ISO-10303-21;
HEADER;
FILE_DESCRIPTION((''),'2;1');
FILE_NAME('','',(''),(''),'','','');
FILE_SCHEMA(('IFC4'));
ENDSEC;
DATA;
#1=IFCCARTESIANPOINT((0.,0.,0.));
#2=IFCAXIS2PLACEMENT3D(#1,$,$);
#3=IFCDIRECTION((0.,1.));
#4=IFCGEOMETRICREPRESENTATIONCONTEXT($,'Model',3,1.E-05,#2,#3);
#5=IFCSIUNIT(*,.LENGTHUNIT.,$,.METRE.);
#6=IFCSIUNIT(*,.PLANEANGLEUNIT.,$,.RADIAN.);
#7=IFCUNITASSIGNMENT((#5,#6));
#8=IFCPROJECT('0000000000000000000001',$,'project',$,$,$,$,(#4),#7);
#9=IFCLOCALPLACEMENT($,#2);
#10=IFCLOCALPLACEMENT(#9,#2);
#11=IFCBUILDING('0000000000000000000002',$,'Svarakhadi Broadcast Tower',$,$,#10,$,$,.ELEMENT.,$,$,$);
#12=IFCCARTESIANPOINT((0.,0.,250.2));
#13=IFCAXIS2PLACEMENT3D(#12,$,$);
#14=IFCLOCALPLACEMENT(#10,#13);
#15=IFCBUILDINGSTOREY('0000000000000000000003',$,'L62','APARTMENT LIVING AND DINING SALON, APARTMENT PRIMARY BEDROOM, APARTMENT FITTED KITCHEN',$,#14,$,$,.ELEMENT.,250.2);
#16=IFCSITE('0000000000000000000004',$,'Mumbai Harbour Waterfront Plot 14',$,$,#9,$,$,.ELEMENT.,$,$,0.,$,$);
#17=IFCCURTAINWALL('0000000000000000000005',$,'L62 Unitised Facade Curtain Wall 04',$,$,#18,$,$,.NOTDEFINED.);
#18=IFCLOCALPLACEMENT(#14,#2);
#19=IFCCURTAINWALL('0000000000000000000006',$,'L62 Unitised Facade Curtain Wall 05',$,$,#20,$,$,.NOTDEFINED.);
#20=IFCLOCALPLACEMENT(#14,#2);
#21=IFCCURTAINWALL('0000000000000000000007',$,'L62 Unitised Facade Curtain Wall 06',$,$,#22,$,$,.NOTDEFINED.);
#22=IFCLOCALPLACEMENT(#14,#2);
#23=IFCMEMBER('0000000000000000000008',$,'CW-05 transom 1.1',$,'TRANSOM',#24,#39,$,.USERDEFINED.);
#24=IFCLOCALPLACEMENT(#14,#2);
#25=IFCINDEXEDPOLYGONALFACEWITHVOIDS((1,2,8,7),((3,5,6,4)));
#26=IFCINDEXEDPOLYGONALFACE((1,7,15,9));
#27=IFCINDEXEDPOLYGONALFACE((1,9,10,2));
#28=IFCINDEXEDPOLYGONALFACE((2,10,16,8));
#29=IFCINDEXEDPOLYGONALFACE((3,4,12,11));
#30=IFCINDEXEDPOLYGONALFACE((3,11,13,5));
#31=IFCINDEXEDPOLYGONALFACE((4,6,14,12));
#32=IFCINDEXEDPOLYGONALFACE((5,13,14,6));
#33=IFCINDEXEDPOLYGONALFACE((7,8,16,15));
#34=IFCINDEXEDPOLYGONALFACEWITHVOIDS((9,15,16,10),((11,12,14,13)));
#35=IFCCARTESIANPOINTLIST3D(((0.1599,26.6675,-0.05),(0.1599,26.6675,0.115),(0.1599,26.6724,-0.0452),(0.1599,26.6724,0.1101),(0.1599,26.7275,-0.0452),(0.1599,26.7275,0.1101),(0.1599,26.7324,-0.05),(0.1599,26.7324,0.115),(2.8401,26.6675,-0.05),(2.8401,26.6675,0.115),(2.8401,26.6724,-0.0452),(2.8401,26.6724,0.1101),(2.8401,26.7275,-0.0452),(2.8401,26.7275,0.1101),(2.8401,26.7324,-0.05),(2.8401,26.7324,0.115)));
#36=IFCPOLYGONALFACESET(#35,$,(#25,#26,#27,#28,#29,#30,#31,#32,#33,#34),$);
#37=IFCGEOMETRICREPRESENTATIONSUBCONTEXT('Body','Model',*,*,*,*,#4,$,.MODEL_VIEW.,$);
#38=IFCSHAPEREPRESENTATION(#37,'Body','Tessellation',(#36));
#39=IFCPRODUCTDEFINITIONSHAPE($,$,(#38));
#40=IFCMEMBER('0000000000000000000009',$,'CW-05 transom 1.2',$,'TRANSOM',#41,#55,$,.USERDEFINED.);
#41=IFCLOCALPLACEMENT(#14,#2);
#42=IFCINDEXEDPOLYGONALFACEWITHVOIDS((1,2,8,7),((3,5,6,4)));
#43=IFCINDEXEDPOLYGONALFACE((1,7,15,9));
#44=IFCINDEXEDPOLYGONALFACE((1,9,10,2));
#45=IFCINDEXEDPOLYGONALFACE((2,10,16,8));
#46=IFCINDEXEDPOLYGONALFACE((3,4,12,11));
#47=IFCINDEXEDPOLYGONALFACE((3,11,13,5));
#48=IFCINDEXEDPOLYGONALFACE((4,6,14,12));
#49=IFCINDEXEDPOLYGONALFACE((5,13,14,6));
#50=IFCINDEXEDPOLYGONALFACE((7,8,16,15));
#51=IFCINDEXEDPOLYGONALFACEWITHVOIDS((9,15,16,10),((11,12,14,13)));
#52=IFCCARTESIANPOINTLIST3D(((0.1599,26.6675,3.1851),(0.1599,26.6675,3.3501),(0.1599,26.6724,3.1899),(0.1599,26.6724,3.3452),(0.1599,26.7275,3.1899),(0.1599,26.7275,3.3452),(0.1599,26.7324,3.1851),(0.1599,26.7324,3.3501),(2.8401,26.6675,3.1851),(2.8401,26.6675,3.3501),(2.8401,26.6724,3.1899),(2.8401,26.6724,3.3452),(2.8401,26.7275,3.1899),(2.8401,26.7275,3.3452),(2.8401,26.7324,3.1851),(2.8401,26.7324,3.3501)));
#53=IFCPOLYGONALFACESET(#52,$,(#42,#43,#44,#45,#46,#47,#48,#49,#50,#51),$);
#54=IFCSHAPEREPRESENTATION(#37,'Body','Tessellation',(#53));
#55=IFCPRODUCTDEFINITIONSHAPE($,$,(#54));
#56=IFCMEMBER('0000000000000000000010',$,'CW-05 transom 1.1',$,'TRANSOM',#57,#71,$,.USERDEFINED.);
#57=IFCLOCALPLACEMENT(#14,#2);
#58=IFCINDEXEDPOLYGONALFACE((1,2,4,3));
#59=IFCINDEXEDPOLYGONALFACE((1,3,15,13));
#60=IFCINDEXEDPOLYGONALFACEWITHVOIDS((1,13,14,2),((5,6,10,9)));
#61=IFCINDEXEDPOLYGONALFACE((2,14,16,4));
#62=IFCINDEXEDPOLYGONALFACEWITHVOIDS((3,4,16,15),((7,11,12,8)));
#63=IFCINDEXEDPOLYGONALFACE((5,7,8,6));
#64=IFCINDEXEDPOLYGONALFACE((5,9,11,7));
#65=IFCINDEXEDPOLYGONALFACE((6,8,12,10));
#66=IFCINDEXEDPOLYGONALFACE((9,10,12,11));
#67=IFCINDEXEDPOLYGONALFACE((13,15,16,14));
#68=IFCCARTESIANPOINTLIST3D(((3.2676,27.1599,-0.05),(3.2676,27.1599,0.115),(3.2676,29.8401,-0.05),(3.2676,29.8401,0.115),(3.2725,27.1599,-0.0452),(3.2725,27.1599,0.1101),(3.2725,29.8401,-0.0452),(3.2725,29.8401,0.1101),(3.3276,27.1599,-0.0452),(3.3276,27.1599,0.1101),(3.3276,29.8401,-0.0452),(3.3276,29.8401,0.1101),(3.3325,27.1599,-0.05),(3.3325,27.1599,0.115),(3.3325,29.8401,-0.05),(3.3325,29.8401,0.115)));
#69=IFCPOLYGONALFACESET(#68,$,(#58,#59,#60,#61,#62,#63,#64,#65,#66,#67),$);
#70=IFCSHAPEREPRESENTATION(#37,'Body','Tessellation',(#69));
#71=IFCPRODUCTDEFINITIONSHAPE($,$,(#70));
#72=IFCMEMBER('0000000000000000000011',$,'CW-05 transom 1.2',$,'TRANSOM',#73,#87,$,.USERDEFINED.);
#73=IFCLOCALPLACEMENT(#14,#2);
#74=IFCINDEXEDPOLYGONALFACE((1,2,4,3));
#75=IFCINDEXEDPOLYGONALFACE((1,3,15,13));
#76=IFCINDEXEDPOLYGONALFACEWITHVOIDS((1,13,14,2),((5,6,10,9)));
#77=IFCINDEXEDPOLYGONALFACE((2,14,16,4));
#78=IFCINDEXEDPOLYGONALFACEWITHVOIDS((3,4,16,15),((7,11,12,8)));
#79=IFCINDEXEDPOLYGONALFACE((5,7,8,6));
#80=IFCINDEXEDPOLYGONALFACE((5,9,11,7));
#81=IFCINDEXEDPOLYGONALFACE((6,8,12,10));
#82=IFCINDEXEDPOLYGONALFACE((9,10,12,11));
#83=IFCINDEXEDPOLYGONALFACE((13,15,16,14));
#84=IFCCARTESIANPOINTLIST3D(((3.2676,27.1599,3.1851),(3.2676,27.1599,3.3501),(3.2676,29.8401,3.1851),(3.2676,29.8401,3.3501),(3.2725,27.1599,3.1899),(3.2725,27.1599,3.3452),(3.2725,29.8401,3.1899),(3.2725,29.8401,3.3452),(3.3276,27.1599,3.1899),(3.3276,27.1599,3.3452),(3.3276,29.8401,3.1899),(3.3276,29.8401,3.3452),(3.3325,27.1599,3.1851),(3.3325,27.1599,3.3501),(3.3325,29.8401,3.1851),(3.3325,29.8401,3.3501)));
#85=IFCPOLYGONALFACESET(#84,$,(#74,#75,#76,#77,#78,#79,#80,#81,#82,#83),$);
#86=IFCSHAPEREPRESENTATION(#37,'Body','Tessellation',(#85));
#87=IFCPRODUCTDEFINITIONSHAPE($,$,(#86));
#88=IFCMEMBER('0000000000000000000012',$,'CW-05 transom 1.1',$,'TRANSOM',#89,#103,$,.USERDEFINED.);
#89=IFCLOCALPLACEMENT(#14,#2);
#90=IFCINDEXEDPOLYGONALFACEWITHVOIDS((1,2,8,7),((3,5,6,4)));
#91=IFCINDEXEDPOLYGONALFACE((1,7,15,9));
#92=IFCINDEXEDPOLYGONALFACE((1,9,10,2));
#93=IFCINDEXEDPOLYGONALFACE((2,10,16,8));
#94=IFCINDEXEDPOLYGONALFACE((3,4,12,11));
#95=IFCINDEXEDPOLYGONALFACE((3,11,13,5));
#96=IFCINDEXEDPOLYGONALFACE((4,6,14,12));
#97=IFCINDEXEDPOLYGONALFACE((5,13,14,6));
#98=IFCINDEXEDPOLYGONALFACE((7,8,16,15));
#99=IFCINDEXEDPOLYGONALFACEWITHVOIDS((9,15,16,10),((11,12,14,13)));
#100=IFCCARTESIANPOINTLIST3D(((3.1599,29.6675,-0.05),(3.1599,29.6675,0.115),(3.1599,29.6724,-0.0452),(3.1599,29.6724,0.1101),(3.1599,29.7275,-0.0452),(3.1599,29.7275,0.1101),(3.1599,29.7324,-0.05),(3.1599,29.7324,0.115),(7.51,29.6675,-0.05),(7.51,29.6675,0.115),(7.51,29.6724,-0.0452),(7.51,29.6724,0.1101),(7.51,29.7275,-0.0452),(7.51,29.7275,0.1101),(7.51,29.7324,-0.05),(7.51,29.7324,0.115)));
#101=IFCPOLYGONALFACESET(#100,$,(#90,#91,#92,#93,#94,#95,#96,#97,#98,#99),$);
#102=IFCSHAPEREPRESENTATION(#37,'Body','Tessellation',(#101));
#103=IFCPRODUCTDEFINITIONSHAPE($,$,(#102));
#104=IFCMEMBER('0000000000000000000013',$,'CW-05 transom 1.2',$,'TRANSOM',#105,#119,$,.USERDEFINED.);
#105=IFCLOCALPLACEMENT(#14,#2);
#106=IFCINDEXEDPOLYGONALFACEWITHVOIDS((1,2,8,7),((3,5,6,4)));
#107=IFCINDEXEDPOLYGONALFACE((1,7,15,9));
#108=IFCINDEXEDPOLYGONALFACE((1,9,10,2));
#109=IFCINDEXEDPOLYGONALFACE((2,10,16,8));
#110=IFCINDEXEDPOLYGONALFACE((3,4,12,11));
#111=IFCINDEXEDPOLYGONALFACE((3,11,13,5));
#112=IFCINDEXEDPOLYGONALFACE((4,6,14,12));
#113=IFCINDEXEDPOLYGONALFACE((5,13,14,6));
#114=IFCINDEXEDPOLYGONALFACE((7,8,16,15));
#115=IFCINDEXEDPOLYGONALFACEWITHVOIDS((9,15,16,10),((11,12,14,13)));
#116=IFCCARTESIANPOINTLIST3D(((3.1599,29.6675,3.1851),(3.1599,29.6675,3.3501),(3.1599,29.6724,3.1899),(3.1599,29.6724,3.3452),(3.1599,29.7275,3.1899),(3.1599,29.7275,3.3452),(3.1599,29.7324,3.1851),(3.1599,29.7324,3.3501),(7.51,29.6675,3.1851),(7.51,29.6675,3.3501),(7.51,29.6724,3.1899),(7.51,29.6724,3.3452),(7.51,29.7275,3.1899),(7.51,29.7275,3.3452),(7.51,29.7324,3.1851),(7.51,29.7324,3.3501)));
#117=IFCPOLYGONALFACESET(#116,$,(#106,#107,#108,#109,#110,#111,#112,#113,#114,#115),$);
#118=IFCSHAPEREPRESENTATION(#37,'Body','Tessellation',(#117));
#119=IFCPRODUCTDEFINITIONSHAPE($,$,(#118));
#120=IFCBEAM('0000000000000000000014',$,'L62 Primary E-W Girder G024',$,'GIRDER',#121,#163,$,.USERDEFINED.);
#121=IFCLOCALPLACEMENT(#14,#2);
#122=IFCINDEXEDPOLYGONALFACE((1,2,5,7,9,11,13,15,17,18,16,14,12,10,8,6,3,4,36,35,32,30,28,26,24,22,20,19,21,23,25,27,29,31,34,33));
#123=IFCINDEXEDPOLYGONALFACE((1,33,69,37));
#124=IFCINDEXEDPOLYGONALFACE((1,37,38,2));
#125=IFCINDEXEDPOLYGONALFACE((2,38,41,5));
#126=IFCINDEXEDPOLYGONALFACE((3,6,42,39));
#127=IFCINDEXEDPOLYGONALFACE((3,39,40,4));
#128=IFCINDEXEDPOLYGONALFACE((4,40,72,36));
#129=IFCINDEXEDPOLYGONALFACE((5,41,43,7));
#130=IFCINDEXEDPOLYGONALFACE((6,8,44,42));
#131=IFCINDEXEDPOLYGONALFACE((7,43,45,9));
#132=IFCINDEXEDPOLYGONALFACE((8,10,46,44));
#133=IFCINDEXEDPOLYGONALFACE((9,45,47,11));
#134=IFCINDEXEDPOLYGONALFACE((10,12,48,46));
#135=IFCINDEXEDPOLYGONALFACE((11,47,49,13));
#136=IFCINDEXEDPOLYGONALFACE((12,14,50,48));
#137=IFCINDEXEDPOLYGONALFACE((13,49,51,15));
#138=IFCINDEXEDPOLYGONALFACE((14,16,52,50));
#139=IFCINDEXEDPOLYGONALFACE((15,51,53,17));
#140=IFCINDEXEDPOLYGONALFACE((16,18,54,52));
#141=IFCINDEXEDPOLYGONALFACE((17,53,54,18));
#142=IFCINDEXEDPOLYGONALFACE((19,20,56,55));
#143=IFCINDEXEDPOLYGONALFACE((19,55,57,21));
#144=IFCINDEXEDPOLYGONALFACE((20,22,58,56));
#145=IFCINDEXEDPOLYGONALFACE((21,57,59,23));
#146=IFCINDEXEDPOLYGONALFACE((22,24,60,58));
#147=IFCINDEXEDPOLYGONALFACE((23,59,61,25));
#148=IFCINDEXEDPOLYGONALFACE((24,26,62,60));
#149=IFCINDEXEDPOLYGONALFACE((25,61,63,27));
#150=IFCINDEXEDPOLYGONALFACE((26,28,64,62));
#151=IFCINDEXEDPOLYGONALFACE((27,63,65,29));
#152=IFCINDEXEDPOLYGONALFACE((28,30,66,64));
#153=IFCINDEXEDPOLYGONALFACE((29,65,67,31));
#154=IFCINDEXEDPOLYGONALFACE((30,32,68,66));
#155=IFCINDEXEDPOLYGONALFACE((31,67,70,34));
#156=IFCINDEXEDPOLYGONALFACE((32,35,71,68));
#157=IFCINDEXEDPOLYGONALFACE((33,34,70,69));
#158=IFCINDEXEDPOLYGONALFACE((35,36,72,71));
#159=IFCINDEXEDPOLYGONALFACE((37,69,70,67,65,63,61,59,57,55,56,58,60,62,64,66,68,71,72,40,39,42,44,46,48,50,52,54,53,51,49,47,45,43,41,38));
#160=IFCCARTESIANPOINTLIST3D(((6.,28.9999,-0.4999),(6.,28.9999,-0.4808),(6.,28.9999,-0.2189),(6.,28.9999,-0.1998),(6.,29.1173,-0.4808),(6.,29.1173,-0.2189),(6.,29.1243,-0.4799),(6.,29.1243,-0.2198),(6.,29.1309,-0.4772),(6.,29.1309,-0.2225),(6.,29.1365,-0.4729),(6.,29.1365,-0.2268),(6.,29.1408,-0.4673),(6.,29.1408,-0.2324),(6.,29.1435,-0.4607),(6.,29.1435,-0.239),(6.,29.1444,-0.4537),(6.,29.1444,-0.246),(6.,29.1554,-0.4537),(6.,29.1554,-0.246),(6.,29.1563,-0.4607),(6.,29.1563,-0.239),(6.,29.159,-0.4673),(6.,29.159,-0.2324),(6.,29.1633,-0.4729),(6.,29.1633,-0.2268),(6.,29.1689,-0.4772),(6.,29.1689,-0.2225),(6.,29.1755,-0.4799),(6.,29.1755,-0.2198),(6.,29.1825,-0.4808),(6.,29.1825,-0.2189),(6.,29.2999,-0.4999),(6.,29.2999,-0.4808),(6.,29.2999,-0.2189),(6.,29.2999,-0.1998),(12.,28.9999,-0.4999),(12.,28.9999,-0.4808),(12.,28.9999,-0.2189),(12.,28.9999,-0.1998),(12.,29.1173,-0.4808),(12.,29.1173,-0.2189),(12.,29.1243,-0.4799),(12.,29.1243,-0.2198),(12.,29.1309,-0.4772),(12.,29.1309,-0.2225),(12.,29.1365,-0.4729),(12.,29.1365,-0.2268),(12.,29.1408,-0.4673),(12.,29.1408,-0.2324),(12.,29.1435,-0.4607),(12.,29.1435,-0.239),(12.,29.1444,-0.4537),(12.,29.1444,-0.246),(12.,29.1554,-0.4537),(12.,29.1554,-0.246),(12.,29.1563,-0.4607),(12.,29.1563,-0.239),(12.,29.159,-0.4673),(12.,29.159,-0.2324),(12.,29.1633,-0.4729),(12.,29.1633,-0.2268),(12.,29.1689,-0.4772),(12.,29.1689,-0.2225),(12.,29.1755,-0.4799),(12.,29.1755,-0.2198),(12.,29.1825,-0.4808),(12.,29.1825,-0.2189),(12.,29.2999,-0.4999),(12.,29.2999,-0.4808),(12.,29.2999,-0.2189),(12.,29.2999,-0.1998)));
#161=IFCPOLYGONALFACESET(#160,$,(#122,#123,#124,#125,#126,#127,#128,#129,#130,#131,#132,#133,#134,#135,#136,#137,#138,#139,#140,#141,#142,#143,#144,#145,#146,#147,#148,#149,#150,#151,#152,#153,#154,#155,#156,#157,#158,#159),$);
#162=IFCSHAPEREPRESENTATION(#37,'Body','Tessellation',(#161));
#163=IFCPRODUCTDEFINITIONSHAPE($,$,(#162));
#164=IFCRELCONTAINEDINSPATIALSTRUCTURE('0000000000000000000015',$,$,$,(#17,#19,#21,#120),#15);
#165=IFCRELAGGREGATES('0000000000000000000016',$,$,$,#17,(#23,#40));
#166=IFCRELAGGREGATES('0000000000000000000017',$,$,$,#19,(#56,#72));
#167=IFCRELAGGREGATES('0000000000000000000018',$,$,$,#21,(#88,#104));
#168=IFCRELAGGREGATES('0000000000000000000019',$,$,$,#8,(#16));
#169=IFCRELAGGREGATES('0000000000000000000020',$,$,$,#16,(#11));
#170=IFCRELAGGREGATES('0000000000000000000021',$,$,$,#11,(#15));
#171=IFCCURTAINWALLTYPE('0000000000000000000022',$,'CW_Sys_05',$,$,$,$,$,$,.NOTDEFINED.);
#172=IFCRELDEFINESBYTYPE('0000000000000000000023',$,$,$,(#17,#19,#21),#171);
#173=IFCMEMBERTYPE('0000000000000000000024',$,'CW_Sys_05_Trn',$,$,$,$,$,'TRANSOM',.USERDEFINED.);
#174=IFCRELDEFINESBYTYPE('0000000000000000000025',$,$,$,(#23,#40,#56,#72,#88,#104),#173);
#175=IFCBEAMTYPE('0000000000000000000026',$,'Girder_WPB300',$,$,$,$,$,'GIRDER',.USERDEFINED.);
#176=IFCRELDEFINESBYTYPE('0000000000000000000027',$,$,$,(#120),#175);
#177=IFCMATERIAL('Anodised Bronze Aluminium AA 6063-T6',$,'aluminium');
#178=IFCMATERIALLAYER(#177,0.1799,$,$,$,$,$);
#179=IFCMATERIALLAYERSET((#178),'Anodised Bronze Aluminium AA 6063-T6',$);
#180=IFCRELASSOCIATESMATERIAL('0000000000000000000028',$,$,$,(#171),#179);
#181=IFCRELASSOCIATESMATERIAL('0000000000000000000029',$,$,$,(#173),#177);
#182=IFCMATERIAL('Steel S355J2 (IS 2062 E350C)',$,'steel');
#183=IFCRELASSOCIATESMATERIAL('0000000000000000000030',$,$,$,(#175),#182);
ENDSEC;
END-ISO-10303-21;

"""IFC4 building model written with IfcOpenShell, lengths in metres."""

from ifc_helpers import new_model, si_unit, direction, frame, origin, origin_2d, place, context, subcontext, project, spatial, hollow_rectangle, i_section, extrude, material, layer, layer_set, material_profile, profile_set, type_object, element, aggregate, save


model = new_model("IFC4")

# Units and contexts
model_context = context("Model", 3, precision=1e-05, world=origin(), true_north=direction((0.0, 1.0)))
body_context = subcontext(model_context, "Body", "Model", "MODEL_VIEW")
ifc_project = project(units=[si_unit("LENGTHUNIT", "METRE"), si_unit("PLANEANGLEUNIT", "RADIAN")], contexts=[model_context])

# Site, building, storey
site_placement = place(None, origin())
site = spatial("IfcSite", under=ifc_project, at=site_placement, Name="Mumbai Harbour Waterfront Plot 14", CompositionType="ELEMENT", RefElevation=0.0)
building_placement = place(site_placement, origin())
building = spatial("IfcBuilding", under=site, at=building_placement, Name="Svarakhadi Broadcast Tower", CompositionType="ELEMENT")
storey_placement = place(building_placement, frame((0.0, 0.0, 250.2)))
storey = spatial("IfcBuildingStorey", under=building, at=storey_placement, Name="L62", Description="APARTMENT LIVING AND DINING SALON, APARTMENT PRIMARY BEDROOM, APARTMENT FITTED KITCHEN", CompositionType="ELEMENT", Elevation=250.2)

# Shared definitions
ifc_material_1 = material(Name="Anodised Bronze Aluminium AA 6063-T6", Category="aluminium")
ifc_layer_1 = layer(ifc_material_1, 0.1799)
ifc_layer_set_1 = layer_set([ifc_layer_1], Name="Anodised Bronze Aluminium AA 6063-T6")
curtain_wall_type = type_object("IfcCurtainWallType", Name="CW_Sys_05", PredefinedType="NOTDEFINED", material=ifc_layer_set_1)

# Curtain walls
curtain_wall_1_placement = place(storey_placement, origin())
curtain_wall_1 = element("IfcCurtainWall", 1, at=curtain_wall_1_placement, inside=storey, type_object=curtain_wall_type, Name="L62 Unitised Facade Curtain Wall 04", PredefinedType="NOTDEFINED")
curtain_wall_2_placement = place(storey_placement, origin())
curtain_wall_2 = element("IfcCurtainWall", 2, at=curtain_wall_2_placement, inside=storey, type_object=curtain_wall_type, Name="L62 Unitised Facade Curtain Wall 05", PredefinedType="NOTDEFINED")

# Curtain wall
curtain_wall_3_placement = place(storey_placement, origin())
curtain_wall_3 = element("IfcCurtainWall", 3, at=curtain_wall_3_placement, inside=storey, type_object=curtain_wall_type, Name="L62 Unitised Facade Curtain Wall 06", PredefinedType="NOTDEFINED")

# Members
ifc_material_profile_1 = material_profile(ifc_material_1, hollow_rectangle(XDim=0.0649, YDim=0.165, WallThickness=0.0049, at=origin_2d()), Name="ALU TRANSOM 165x65x5")
ifc_profile_set_1 = profile_set([ifc_material_profile_1], Name="Anodised Bronze Aluminium AA 6063-T6")
member_type_1 = type_object("IfcMemberType", Name="CW_Sys_05_Trn", ElementType="TRANSOM", PredefinedType="USERDEFINED", material=ifc_profile_set_1)
member_1_placement = place(storey_placement, frame((0.1599, 26.7, 0.0325), z_axis=(1.0, 0.0, 0.0), x_axis=(0.0, 1.0, 0.0)))
member_1 = element("IfcMember", 4, at=member_1_placement, type_object=member_type_1, Name="CW-05 transom 1.1", ObjectType="TRANSOM", PredefinedType="USERDEFINED", context=body_context, shape_type="SweptSolid", body=[
    extrude(hollow_rectangle(XDim=0.0649, YDim=0.165, WallThickness=0.0049, at=origin_2d()), origin(), (0.0, 0.0, 1.0), 2.6802),
])
member_2_placement = place(storey_placement, frame((0.1599, 26.7, 3.2676), z_axis=(1.0, 0.0, 0.0), x_axis=(0.0, 1.0, 0.0)))
member_2 = element("IfcMember", 5, at=member_2_placement, type_object=member_type_1, Name="CW-05 transom 1.2", ObjectType="TRANSOM", PredefinedType="USERDEFINED", context=body_context, shape_type="SweptSolid", body=[
    extrude(hollow_rectangle(XDim=0.0649, YDim=0.165, WallThickness=0.0049, at=origin_2d()), origin(), (0.0, 0.0, 1.0), 2.6802),
])
member_3_placement = place(storey_placement, frame((3.3, 27.1599, 0.0325), z_axis=(0.0, 1.0, 0.0), x_axis=(-1.0, 0.0, 0.0)))
member_3 = element("IfcMember", 6, at=member_3_placement, type_object=member_type_1, Name="CW-05 transom 1.1", ObjectType="TRANSOM", PredefinedType="USERDEFINED", context=body_context, shape_type="SweptSolid", body=[
    extrude(hollow_rectangle(XDim=0.0649, YDim=0.165, WallThickness=0.0049, at=origin_2d()), origin(), (0.0, 0.0, 1.0), 2.6802),
])
member_4_placement = place(storey_placement, frame((3.3, 27.1599, 3.2676), z_axis=(0.0, 1.0, 0.0), x_axis=(-1.0, 0.0, 0.0)))
member_4 = element("IfcMember", 7, at=member_4_placement, type_object=member_type_1, Name="CW-05 transom 1.2", ObjectType="TRANSOM", PredefinedType="USERDEFINED", context=body_context, shape_type="SweptSolid", body=[
    extrude(hollow_rectangle(XDim=0.0649, YDim=0.165, WallThickness=0.0049, at=origin_2d()), origin(), (0.0, 0.0, 1.0), 2.6802),
])
member_5_placement = place(storey_placement, frame((3.1599, 29.7, 0.0325), z_axis=(1.0, 0.0, 0.0), x_axis=(0.0, 1.0, 0.0)))
member_5 = element("IfcMember", 8, at=member_5_placement, type_object=member_type_1, Name="CW-05 transom 1.1", ObjectType="TRANSOM", PredefinedType="USERDEFINED", context=body_context, shape_type="SweptSolid", body=[
    extrude(hollow_rectangle(XDim=0.0649, YDim=0.165, WallThickness=0.0049, at=origin_2d()), origin(), (0.0, 0.0, 1.0), 4.3501),
])
member_6_placement = place(storey_placement, frame((3.1599, 29.7, 3.2676), z_axis=(1.0, 0.0, 0.0), x_axis=(0.0, 1.0, 0.0)))
member_6 = element("IfcMember", 9, at=member_6_placement, type_object=member_type_1, Name="CW-05 transom 1.2", ObjectType="TRANSOM", PredefinedType="USERDEFINED", context=body_context, shape_type="SweptSolid", body=[
    extrude(hollow_rectangle(XDim=0.0649, YDim=0.165, WallThickness=0.0049, at=origin_2d()), origin(), (0.0, 0.0, 1.0), 4.3501),
])

# Beam
ifc_material_2 = material(Name="Steel S355J2 (IS 2062 E350C)", Category="steel")
ifc_material_profile_2 = material_profile(ifc_material_2, i_section(OverallWidth=0.3, OverallDepth=0.3, WebThickness=0.011, FlangeThickness=0.019, FilletRadius=0.0271, at=origin_2d()), Name="WPB 300x300x117")
ifc_profile_set_2 = profile_set([ifc_material_profile_2], Name="Steel S355J2 (IS 2062 E350C)")
beam_type_1 = type_object("IfcBeamType", Name="Girder_WPB300", ElementType="GIRDER", PredefinedType="USERDEFINED", material=ifc_profile_set_2)
beam_1_placement = place(storey_placement, frame((6.0, 29.1499, -0.3499), z_axis=(1.0, 0.0, 0.0), x_axis=(0.0, 1.0, 0.0)))
element("IfcBeam", 10, at=beam_1_placement, inside=storey, type_object=beam_type_1, Name="L62 Primary E-W Girder G024", ObjectType="GIRDER", PredefinedType="USERDEFINED", context=body_context, shape_type="SweptSolid", body=[
    extrude(i_section(OverallWidth=0.3, OverallDepth=0.3, WebThickness=0.011, FlangeThickness=0.019, FilletRadius=0.0271, at=origin_2d()), origin(), (0.0, 0.0, 1.0), 6.0),
])

aggregate(curtain_wall_1, [member_1, member_2])
aggregate(curtain_wall_2, [member_3, member_4])
aggregate(curtain_wall_3, [member_5, member_6])

save(model, "model.ifc")
